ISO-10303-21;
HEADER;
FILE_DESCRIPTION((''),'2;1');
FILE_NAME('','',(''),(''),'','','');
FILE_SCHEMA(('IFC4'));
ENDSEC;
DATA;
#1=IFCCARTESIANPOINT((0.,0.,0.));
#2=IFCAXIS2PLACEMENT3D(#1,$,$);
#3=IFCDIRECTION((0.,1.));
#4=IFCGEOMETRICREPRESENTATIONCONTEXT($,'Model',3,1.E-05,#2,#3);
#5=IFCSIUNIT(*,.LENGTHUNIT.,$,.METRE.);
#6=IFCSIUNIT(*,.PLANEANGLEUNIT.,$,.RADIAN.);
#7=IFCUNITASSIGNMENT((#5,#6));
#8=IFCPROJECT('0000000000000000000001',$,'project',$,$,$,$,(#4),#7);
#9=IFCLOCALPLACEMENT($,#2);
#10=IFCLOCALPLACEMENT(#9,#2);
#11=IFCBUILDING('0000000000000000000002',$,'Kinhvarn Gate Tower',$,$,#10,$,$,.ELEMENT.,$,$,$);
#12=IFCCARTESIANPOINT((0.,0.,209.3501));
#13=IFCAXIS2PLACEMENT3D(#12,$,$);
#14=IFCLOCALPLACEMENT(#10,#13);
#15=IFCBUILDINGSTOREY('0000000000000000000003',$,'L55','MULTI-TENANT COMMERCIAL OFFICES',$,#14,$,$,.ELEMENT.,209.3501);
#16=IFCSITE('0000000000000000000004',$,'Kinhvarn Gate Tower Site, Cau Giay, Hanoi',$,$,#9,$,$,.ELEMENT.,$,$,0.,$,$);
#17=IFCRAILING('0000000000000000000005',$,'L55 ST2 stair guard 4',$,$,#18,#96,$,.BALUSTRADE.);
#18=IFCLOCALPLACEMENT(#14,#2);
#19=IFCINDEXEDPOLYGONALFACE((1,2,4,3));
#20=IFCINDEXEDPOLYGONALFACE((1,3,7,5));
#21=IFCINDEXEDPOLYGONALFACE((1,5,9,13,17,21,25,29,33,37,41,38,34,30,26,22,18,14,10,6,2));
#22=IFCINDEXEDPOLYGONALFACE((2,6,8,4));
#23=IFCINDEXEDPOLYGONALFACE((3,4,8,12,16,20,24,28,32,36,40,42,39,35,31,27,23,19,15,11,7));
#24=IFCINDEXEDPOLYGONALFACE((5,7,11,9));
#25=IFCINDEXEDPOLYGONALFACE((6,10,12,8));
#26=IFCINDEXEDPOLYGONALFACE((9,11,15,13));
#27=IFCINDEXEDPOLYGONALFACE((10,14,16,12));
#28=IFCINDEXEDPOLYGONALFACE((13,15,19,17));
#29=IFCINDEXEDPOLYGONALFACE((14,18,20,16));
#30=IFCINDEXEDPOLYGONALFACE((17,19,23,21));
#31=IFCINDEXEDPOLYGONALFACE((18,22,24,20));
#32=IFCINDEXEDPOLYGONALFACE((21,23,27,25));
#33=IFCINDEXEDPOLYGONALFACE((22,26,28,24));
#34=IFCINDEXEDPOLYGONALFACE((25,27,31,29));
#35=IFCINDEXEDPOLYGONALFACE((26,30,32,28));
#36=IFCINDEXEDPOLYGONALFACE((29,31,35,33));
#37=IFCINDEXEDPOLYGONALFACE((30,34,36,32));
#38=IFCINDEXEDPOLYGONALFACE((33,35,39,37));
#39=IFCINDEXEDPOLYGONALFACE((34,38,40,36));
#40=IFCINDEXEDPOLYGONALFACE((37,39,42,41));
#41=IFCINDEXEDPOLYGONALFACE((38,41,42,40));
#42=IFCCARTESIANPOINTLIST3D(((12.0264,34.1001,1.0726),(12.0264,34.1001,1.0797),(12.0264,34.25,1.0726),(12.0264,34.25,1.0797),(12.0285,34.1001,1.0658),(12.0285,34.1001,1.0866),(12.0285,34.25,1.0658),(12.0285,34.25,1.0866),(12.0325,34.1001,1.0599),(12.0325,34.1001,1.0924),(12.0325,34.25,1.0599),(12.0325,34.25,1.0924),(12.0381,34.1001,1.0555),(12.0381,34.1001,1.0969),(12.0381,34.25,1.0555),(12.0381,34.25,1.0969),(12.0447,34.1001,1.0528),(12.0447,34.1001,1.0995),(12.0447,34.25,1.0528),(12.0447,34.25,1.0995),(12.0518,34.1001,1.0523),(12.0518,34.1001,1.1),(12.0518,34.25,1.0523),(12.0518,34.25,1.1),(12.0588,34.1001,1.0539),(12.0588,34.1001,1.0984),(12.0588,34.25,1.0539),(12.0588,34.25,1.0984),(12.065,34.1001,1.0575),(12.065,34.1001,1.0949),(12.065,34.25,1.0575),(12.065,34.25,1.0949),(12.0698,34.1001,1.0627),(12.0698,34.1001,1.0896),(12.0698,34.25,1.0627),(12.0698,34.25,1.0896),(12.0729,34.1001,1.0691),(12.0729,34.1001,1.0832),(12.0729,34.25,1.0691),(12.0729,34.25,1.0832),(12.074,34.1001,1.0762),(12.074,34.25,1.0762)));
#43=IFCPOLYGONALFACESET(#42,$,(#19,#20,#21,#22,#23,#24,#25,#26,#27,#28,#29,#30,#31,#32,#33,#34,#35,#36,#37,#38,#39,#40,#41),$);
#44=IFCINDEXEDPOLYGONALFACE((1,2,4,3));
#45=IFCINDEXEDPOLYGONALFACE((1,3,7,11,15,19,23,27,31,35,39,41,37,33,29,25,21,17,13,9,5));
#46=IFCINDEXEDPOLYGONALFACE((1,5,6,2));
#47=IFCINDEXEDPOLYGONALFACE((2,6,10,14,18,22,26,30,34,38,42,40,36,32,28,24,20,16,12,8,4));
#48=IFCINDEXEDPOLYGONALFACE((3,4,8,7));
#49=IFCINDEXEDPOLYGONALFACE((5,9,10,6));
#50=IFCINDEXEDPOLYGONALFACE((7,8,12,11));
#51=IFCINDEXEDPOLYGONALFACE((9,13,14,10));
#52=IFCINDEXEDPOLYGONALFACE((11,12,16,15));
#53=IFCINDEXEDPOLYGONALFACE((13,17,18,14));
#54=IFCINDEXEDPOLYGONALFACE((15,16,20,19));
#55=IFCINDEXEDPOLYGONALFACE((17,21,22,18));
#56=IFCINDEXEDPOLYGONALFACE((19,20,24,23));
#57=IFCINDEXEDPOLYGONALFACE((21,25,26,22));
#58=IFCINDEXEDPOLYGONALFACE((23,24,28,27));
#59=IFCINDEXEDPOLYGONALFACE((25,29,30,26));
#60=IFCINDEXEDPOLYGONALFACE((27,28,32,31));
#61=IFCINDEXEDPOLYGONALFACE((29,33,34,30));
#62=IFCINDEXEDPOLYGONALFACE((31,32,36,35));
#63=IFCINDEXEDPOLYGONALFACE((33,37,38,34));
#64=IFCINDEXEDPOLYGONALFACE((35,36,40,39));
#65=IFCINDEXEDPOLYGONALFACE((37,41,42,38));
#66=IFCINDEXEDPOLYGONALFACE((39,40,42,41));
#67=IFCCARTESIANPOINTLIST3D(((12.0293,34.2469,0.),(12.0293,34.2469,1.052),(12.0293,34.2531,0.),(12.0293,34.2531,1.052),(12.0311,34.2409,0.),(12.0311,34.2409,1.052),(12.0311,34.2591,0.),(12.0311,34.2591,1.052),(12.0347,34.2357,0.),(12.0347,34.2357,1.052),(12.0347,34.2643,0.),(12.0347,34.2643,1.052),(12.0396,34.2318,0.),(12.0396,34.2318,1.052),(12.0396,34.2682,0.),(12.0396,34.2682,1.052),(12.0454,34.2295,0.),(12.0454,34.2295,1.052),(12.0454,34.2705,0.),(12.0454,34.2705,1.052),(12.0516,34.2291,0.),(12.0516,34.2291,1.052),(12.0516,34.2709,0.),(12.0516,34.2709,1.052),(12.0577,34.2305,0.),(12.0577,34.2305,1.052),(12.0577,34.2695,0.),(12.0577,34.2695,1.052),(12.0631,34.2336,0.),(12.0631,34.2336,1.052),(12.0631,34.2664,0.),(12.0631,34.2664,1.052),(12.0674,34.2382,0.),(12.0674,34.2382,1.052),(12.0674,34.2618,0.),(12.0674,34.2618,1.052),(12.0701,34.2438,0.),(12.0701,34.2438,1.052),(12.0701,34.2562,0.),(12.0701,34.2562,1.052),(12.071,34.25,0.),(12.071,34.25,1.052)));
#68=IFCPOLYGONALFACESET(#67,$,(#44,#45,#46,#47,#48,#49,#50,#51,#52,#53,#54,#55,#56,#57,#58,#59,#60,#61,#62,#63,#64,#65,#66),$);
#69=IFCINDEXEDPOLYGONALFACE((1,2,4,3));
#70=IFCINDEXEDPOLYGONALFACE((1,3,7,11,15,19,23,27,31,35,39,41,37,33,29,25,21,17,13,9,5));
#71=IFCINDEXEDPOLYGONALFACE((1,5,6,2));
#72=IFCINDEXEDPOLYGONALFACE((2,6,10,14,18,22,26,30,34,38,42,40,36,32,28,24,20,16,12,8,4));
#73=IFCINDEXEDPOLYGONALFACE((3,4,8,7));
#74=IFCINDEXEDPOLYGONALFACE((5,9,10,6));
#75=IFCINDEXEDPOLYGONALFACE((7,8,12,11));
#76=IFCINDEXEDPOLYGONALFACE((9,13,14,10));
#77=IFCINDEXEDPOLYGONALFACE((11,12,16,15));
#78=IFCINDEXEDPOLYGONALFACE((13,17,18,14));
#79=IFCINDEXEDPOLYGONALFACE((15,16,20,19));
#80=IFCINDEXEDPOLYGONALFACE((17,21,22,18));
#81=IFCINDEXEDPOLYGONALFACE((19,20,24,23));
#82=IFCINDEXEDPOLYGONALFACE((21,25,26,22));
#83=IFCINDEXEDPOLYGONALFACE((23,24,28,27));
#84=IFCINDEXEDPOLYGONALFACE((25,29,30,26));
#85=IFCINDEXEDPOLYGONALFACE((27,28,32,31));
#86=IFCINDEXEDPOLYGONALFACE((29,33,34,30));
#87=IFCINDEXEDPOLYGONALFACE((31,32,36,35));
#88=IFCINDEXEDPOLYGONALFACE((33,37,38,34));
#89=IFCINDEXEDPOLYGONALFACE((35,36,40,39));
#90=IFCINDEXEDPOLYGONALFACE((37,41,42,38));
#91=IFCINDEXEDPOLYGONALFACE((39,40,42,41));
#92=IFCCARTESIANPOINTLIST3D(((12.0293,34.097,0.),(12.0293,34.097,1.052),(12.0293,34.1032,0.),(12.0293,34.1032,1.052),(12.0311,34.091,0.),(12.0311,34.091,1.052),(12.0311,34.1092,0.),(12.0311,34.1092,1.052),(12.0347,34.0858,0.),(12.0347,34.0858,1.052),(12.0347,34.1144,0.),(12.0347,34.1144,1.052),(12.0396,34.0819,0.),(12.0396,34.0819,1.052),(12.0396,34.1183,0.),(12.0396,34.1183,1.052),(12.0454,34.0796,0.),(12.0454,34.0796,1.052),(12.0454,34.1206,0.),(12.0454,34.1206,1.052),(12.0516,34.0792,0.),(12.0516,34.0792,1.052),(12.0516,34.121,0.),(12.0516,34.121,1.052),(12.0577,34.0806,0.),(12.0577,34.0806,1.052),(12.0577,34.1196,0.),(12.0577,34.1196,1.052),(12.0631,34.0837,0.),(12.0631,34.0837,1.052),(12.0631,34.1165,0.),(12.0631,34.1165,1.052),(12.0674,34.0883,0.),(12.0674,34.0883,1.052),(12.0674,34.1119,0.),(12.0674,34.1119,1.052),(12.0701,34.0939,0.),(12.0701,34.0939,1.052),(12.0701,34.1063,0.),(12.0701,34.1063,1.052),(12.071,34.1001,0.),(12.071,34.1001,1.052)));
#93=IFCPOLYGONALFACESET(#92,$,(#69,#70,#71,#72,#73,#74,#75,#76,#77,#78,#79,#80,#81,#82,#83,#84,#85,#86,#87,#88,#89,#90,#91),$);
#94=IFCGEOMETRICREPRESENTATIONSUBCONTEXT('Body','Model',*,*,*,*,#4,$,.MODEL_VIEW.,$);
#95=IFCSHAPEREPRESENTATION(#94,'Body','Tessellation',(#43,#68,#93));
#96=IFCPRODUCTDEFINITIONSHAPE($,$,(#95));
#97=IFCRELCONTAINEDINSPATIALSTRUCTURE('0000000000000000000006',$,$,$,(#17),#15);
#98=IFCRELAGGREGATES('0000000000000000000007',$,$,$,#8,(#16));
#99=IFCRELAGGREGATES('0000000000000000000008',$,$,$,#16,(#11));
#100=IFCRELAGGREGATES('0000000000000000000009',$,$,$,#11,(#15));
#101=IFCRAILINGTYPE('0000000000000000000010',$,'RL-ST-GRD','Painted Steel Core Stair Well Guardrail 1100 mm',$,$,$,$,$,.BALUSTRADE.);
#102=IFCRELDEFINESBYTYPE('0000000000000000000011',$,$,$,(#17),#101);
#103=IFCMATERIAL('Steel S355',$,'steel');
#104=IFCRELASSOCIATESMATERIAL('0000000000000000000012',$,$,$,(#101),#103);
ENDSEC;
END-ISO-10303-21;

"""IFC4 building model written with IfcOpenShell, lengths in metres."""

from ifc_helpers import new_model, si_unit, direction, frame, origin, origin_2d, place, context, subcontext, project, spatial, circle, extrude, material, type_object, element, save


model = new_model("IFC4")

# Units and contexts
model_context = context("Model", 3, precision=1e-05, world=origin(), true_north=direction((0.0, 1.0)))
body_context = subcontext(model_context, "Body", "Model", "MODEL_VIEW")
ifc_project = project(units=[si_unit("LENGTHUNIT", "METRE"), si_unit("PLANEANGLEUNIT", "RADIAN")], contexts=[model_context])

# Site, building, storey
site_placement = place(None, origin())
site = spatial("IfcSite", under=ifc_project, at=site_placement, Name="Kinhvarn Gate Tower Site, Cau Giay, Hanoi", CompositionType="ELEMENT", RefElevation=0.0)
building_placement = place(site_placement, origin())
building = spatial("IfcBuilding", under=site, at=building_placement, Name="Kinhvarn Gate Tower", CompositionType="ELEMENT")
storey_placement = place(building_placement, frame((0.0, 0.0, 209.3501)))
storey = spatial("IfcBuildingStorey", under=building, at=storey_placement, Name="L55", Description="MULTI-TENANT COMMERCIAL OFFICES", CompositionType="ELEMENT", Elevation=209.3501)

# Shared definitions
ifc_material_1 = material(Name="Steel S355", Category="steel")

# Railing
railing_type_1 = type_object("IfcRailingType", Name="RL-ST-GRD", Description="Painted Steel Core Stair Well Guardrail 1100 mm", PredefinedType="BALUSTRADE", material=ifc_material_1)
railing_1_placement = place(storey_placement, frame((12.05, 34.25, 0.0)))
element("IfcRailing", 1, at=railing_1_placement, inside=storey, type_object=railing_type_1, Name="L55 ST2 stair guard 4", PredefinedType="BALUSTRADE", context=body_context, shape_type="SweptSolid", body=[
    extrude(circle(Radius=0.0239, at=origin_2d()), frame((0.0, 0.0, 1.0762), z_axis=(0.0, -1.0, 0.0), x_axis=(1.0, 0.0, 0.0)), (0.0, 0.0, 1.0), 0.1499),
    extrude(circle(Radius=0.021, at=origin_2d()), origin(), (0.0, 0.0, 1.0), 1.052),
    extrude(circle(Radius=0.021, at=origin_2d()), frame((0.0, -0.1499, 0.0)), (0.0, 0.0, 1.0), 1.052),
])

save(model, "model.ifc")
